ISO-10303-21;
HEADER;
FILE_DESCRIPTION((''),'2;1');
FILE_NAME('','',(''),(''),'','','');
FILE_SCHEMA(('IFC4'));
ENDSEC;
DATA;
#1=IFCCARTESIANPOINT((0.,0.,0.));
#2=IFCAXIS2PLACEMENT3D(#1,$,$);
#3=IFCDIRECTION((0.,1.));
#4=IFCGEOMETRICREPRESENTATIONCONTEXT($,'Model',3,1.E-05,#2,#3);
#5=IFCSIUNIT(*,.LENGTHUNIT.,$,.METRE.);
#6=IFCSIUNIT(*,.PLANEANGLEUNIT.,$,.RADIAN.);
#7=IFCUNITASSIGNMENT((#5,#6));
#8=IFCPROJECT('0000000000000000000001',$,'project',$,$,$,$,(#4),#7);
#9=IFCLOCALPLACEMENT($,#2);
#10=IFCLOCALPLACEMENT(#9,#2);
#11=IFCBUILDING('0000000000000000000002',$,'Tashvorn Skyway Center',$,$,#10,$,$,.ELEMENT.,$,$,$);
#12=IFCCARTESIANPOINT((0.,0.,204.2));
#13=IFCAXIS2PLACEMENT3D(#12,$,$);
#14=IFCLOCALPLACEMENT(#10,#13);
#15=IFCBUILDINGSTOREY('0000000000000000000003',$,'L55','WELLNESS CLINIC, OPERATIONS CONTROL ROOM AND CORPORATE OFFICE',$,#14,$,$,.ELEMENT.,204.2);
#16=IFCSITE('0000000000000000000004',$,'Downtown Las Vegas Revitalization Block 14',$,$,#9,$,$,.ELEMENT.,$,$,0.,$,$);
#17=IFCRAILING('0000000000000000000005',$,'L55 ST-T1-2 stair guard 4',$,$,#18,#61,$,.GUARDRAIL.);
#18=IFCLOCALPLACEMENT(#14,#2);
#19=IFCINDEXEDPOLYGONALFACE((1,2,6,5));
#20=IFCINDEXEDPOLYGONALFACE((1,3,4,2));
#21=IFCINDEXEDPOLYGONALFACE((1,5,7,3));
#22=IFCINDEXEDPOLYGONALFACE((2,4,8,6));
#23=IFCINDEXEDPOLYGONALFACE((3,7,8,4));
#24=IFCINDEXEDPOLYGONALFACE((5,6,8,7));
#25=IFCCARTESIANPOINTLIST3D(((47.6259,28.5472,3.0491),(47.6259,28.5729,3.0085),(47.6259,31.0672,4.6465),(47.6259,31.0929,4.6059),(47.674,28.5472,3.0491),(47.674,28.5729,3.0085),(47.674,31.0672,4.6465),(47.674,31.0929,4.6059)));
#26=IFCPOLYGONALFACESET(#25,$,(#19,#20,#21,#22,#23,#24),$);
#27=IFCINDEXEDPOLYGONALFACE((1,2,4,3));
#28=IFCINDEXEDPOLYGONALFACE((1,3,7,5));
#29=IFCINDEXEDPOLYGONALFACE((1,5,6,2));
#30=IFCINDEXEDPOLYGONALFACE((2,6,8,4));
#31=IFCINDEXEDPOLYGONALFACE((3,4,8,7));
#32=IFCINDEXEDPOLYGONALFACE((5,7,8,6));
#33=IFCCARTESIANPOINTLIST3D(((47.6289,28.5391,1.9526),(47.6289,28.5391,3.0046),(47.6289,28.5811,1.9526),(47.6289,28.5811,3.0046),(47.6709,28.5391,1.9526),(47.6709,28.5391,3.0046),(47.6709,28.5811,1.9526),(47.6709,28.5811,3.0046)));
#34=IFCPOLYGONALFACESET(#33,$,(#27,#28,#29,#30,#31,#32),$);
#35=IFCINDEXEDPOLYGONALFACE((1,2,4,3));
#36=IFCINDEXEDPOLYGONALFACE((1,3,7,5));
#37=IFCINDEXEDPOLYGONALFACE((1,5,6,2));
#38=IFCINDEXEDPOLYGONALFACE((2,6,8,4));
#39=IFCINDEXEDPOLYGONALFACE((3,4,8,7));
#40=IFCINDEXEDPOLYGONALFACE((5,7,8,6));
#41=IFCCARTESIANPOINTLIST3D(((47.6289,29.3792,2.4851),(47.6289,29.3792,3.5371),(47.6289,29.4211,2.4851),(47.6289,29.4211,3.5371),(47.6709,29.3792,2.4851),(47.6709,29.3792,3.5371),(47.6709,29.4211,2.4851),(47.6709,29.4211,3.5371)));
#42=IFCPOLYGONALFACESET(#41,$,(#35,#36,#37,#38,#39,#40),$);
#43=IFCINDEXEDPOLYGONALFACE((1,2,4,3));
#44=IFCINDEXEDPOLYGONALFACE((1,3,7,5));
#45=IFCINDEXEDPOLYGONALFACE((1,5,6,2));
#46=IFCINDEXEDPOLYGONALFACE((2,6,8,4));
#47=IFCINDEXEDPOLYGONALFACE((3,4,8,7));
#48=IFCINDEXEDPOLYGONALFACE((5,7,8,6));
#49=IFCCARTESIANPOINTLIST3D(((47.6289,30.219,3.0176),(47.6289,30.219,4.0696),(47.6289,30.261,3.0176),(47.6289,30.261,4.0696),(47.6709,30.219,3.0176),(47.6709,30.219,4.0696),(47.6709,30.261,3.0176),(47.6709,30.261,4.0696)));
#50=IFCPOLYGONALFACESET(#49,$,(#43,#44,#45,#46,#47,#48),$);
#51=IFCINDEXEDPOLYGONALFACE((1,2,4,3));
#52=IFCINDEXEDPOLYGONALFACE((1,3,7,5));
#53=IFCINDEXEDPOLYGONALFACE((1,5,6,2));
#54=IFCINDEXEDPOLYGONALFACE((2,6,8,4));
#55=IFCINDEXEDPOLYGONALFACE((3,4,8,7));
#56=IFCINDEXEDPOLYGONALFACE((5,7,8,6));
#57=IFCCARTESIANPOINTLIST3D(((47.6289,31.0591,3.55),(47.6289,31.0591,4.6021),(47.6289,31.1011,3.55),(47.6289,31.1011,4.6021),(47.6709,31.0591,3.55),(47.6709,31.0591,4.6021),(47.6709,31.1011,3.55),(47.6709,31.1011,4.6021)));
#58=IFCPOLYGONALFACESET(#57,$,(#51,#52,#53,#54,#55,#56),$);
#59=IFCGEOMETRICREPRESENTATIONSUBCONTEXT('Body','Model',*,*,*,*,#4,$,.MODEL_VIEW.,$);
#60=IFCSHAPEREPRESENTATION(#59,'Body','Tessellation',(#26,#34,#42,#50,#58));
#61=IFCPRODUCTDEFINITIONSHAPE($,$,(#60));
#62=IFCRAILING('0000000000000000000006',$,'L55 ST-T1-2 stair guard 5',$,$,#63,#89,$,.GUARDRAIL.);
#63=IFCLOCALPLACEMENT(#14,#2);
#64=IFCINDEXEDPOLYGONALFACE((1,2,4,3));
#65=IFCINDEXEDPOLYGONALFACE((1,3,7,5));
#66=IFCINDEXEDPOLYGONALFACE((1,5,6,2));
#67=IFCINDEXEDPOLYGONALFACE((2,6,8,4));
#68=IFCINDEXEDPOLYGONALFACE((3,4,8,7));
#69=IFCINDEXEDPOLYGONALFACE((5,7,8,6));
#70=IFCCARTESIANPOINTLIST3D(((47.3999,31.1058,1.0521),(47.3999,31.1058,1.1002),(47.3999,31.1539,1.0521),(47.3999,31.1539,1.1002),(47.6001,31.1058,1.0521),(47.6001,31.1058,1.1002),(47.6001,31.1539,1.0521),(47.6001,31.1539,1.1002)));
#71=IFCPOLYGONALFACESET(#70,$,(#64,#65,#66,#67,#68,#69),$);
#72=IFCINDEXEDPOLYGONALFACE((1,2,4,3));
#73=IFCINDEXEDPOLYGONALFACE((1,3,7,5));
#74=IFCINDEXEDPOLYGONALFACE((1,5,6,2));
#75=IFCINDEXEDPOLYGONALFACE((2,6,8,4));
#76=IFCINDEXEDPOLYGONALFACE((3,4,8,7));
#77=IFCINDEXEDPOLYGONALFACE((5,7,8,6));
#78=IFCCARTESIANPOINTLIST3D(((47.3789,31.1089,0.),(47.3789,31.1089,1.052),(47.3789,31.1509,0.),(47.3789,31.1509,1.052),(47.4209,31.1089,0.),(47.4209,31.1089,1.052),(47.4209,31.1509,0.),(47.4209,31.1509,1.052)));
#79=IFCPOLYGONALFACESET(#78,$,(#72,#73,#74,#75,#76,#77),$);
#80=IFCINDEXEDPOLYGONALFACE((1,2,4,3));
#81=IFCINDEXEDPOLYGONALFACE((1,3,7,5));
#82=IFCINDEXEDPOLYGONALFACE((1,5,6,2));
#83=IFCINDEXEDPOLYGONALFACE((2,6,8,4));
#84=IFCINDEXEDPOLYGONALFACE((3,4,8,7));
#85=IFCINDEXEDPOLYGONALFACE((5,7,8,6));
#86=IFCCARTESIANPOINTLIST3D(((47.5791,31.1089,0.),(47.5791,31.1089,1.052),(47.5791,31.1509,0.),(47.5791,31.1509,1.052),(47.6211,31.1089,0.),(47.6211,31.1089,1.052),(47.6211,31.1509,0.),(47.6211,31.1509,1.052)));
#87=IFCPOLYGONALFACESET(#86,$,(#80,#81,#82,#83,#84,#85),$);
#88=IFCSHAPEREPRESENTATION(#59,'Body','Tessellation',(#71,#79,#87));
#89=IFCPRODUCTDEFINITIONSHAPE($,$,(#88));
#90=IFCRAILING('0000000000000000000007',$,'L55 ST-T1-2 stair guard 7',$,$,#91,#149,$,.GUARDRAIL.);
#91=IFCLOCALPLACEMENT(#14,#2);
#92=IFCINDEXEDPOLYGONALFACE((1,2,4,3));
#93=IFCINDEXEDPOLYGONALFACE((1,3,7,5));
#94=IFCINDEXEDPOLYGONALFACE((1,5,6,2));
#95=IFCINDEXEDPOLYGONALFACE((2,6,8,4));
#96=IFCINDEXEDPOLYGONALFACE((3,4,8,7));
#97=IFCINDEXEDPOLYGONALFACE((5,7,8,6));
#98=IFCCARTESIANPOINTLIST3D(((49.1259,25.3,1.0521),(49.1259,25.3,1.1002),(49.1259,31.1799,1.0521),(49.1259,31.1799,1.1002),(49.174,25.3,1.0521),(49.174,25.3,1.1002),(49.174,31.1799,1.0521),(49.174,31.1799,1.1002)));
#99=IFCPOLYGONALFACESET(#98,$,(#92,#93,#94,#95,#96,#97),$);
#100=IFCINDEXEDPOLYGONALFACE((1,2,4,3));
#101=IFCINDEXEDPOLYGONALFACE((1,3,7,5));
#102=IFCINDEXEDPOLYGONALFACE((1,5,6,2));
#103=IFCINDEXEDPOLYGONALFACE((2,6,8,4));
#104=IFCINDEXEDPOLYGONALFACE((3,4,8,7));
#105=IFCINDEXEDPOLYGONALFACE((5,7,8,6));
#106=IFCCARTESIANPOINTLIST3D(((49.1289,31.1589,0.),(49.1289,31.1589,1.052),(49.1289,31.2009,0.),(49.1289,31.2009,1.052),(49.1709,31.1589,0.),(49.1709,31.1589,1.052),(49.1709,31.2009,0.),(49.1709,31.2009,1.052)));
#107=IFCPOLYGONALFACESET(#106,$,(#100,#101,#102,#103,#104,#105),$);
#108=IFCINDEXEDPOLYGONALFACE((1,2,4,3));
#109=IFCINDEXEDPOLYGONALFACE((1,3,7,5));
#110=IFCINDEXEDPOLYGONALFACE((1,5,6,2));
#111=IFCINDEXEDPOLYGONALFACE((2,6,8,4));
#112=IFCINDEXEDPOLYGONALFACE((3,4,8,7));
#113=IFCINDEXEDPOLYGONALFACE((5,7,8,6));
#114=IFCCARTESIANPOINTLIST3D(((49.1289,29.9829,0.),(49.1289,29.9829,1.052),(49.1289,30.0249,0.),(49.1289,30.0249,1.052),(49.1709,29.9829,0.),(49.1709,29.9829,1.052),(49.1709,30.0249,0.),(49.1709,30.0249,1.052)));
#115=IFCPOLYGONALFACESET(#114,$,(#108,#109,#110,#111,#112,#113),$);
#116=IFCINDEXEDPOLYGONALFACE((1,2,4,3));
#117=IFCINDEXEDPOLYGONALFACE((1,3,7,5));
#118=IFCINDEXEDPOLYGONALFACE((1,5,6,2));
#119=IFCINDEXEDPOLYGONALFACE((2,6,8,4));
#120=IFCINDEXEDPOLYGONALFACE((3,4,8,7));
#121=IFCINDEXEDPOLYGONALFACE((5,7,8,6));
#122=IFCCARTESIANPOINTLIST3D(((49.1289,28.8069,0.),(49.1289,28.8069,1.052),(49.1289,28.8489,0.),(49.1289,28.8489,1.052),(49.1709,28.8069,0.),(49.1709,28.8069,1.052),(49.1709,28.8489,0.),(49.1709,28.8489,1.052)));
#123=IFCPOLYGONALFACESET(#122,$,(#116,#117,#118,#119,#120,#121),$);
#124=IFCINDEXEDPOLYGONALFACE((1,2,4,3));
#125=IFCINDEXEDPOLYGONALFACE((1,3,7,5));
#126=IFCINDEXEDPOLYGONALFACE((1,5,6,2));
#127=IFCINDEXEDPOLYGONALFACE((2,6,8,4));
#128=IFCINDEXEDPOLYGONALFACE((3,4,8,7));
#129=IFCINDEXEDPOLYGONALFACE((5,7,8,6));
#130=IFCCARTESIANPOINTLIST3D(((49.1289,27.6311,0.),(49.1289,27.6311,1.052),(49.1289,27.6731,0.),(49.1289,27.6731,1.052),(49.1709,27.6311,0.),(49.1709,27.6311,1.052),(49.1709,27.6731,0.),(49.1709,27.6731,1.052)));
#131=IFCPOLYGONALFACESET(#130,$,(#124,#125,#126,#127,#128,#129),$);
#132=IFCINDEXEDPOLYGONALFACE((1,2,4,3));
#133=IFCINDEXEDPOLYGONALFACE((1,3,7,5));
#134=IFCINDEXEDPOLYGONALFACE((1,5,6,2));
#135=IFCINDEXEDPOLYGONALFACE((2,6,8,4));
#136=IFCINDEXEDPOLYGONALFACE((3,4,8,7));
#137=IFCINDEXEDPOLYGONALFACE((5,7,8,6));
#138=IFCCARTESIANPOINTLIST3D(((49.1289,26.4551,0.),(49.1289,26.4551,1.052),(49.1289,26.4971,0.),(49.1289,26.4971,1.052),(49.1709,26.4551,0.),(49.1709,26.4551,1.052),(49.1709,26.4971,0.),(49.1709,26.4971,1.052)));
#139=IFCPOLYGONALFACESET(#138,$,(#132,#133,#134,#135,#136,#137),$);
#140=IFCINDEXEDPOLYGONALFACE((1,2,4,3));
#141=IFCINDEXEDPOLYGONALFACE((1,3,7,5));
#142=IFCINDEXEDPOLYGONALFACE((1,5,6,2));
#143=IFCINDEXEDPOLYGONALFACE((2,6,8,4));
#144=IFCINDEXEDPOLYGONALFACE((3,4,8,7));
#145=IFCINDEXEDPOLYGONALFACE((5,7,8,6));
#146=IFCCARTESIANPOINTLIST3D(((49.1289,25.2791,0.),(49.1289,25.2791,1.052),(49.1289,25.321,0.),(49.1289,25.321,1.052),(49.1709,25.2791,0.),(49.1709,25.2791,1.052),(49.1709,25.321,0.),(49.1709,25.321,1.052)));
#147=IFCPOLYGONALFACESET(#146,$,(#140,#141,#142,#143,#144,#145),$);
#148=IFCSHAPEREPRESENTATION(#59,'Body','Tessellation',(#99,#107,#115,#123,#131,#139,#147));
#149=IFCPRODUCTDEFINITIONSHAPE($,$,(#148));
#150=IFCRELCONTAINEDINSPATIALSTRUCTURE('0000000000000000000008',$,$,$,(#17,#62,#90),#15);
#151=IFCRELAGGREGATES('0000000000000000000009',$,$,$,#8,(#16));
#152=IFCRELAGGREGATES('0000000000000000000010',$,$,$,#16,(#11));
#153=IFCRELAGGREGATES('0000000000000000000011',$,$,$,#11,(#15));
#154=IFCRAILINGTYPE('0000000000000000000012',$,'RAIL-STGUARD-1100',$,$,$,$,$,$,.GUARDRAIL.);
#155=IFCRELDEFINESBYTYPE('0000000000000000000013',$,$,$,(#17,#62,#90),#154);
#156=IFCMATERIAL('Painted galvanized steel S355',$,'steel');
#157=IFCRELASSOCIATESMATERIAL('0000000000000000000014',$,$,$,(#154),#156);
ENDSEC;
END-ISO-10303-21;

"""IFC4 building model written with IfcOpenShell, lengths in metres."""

from ifc_helpers import new_model, si_unit, direction, frame, origin, origin_2d, place, context, subcontext, project, spatial, rectangle, extrude, material, type_object, element, save


model = new_model("IFC4")

# Units and contexts
model_context = context("Model", 3, precision=1e-05, world=origin(), true_north=direction((0.0, 1.0)))
body_context = subcontext(model_context, "Body", "Model", "MODEL_VIEW")
ifc_project = project(units=[si_unit("LENGTHUNIT", "METRE"), si_unit("PLANEANGLEUNIT", "RADIAN")], contexts=[model_context])

# Site, building, storey
site_placement = place(None, origin())
site = spatial("IfcSite", under=ifc_project, at=site_placement, Name="Downtown Las Vegas Revitalization Block 14", CompositionType="ELEMENT", RefElevation=0.0)
building_placement = place(site_placement, origin())
building = spatial("IfcBuilding", under=site, at=building_placement, Name="Tashvorn Skyway Center", CompositionType="ELEMENT")
storey_placement = place(building_placement, frame((0.0, 0.0, 204.2)))
storey = spatial("IfcBuildingStorey", under=building, at=storey_placement, Name="L55", Description="WELLNESS CLINIC, OPERATIONS CONTROL ROOM AND CORPORATE OFFICE", CompositionType="ELEMENT", Elevation=204.2)

# Railings
ifc_material_1 = material(Name="Painted galvanized steel S355", Category="steel")
railing_type_1 = type_object("IfcRailingType", Name="RAIL-STGUARD-1100", PredefinedType="GUARDRAIL", material=ifc_material_1)
railing_1_placement = place(storey_placement, frame((47.6499, 28.5601, 1.9526)))
element("IfcRailing", 1, at=railing_1_placement, inside=storey, type_object=railing_type_1, Name="L55 ST-T1-2 stair guard 4", PredefinedType="GUARDRAIL", context=body_context, shape_type="SweptSolid", body=[
    extrude(rectangle(XDim=0.0481, YDim=0.0481, at=origin_2d()), frame((0.0, 0.0, 1.0762), z_axis=(0.0, 0.844607, 0.535387), x_axis=(-1.0, 0.0, 0.0)), (0.0, 0.0, 1.0), 2.9836),
    extrude(rectangle(XDim=0.042, YDim=0.042, at=origin_2d()), origin(), (0.0, 0.0, 1.0), 1.052),
    extrude(rectangle(XDim=0.042, YDim=0.042, at=origin_2d()), frame((0.0, 0.8401, 0.5325)), (0.0, 0.0, 1.0), 1.052),
    extrude(rectangle(XDim=0.042, YDim=0.042, at=origin_2d()), frame((0.0, 1.6799, 1.0649)), (0.0, 0.0, 1.0), 1.052),
    extrude(rectangle(XDim=0.042, YDim=0.042, at=origin_2d()), frame((0.0, 2.52, 1.5974)), (0.0, 0.0, 1.0), 1.052),
])
railing_2_placement = place(storey_placement, frame((47.3999, 31.1299, 0.0)))
element("IfcRailing", 2, at=railing_2_placement, inside=storey, type_object=railing_type_1, Name="L55 ST-T1-2 stair guard 5", PredefinedType="GUARDRAIL", context=body_context, shape_type="SweptSolid", body=[
    extrude(rectangle(XDim=0.0481, YDim=0.0481, at=origin_2d()), frame((0.0, 0.0, 1.0762), z_axis=(1.0, 0.0, 0.0), x_axis=(0.0, 1.0, 0.0)), (0.0, 0.0, 1.0), 0.2002),
    extrude(rectangle(XDim=0.042, YDim=0.042, at=origin_2d()), origin(), (0.0, 0.0, 1.0), 1.052),
    extrude(rectangle(XDim=0.042, YDim=0.042, at=origin_2d()), frame((0.2002, 0.0, 0.0)), (0.0, 0.0, 1.0), 1.052),
])
railing_3_placement = place(storey_placement, frame((49.1499, 31.1799, 0.0)))
element("IfcRailing", 3, at=railing_3_placement, inside=storey, type_object=railing_type_1, Name="L55 ST-T1-2 stair guard 7", PredefinedType="GUARDRAIL", context=body_context, shape_type="SweptSolid", body=[
    extrude(rectangle(XDim=0.0481, YDim=0.0481, at=origin_2d()), frame((0.0, 0.0, 1.0762), z_axis=(0.0, -1.0, 0.0), x_axis=(1.0, 0.0, 0.0)), (0.0, 0.0, 1.0), 5.8799),
    extrude(rectangle(XDim=0.042, YDim=0.042, at=origin_2d()), origin(), (0.0, 0.0, 1.0), 1.052),
    extrude(rectangle(XDim=0.042, YDim=0.042, at=origin_2d()), frame((0.0, -1.176, 0.0)), (0.0, 0.0, 1.0), 1.052),
    extrude(rectangle(XDim=0.042, YDim=0.042, at=origin_2d()), frame((0.0, -2.3521, 0.0)), (0.0, 0.0, 1.0), 1.052),
    extrude(rectangle(XDim=0.042, YDim=0.042, at=origin_2d()), frame((0.0, -3.5278, 0.0)), (0.0, 0.0, 1.0), 1.052),
    extrude(rectangle(XDim=0.042, YDim=0.042, at=origin_2d()), frame((0.0, -4.7039, 0.0)), (0.0, 0.0, 1.0), 1.052),
    extrude(rectangle(XDim=0.042, YDim=0.042, at=origin_2d()), frame((0.0, -5.8799, 0.0)), (0.0, 0.0, 1.0), 1.052),
])

save(model, "model.ifc")
